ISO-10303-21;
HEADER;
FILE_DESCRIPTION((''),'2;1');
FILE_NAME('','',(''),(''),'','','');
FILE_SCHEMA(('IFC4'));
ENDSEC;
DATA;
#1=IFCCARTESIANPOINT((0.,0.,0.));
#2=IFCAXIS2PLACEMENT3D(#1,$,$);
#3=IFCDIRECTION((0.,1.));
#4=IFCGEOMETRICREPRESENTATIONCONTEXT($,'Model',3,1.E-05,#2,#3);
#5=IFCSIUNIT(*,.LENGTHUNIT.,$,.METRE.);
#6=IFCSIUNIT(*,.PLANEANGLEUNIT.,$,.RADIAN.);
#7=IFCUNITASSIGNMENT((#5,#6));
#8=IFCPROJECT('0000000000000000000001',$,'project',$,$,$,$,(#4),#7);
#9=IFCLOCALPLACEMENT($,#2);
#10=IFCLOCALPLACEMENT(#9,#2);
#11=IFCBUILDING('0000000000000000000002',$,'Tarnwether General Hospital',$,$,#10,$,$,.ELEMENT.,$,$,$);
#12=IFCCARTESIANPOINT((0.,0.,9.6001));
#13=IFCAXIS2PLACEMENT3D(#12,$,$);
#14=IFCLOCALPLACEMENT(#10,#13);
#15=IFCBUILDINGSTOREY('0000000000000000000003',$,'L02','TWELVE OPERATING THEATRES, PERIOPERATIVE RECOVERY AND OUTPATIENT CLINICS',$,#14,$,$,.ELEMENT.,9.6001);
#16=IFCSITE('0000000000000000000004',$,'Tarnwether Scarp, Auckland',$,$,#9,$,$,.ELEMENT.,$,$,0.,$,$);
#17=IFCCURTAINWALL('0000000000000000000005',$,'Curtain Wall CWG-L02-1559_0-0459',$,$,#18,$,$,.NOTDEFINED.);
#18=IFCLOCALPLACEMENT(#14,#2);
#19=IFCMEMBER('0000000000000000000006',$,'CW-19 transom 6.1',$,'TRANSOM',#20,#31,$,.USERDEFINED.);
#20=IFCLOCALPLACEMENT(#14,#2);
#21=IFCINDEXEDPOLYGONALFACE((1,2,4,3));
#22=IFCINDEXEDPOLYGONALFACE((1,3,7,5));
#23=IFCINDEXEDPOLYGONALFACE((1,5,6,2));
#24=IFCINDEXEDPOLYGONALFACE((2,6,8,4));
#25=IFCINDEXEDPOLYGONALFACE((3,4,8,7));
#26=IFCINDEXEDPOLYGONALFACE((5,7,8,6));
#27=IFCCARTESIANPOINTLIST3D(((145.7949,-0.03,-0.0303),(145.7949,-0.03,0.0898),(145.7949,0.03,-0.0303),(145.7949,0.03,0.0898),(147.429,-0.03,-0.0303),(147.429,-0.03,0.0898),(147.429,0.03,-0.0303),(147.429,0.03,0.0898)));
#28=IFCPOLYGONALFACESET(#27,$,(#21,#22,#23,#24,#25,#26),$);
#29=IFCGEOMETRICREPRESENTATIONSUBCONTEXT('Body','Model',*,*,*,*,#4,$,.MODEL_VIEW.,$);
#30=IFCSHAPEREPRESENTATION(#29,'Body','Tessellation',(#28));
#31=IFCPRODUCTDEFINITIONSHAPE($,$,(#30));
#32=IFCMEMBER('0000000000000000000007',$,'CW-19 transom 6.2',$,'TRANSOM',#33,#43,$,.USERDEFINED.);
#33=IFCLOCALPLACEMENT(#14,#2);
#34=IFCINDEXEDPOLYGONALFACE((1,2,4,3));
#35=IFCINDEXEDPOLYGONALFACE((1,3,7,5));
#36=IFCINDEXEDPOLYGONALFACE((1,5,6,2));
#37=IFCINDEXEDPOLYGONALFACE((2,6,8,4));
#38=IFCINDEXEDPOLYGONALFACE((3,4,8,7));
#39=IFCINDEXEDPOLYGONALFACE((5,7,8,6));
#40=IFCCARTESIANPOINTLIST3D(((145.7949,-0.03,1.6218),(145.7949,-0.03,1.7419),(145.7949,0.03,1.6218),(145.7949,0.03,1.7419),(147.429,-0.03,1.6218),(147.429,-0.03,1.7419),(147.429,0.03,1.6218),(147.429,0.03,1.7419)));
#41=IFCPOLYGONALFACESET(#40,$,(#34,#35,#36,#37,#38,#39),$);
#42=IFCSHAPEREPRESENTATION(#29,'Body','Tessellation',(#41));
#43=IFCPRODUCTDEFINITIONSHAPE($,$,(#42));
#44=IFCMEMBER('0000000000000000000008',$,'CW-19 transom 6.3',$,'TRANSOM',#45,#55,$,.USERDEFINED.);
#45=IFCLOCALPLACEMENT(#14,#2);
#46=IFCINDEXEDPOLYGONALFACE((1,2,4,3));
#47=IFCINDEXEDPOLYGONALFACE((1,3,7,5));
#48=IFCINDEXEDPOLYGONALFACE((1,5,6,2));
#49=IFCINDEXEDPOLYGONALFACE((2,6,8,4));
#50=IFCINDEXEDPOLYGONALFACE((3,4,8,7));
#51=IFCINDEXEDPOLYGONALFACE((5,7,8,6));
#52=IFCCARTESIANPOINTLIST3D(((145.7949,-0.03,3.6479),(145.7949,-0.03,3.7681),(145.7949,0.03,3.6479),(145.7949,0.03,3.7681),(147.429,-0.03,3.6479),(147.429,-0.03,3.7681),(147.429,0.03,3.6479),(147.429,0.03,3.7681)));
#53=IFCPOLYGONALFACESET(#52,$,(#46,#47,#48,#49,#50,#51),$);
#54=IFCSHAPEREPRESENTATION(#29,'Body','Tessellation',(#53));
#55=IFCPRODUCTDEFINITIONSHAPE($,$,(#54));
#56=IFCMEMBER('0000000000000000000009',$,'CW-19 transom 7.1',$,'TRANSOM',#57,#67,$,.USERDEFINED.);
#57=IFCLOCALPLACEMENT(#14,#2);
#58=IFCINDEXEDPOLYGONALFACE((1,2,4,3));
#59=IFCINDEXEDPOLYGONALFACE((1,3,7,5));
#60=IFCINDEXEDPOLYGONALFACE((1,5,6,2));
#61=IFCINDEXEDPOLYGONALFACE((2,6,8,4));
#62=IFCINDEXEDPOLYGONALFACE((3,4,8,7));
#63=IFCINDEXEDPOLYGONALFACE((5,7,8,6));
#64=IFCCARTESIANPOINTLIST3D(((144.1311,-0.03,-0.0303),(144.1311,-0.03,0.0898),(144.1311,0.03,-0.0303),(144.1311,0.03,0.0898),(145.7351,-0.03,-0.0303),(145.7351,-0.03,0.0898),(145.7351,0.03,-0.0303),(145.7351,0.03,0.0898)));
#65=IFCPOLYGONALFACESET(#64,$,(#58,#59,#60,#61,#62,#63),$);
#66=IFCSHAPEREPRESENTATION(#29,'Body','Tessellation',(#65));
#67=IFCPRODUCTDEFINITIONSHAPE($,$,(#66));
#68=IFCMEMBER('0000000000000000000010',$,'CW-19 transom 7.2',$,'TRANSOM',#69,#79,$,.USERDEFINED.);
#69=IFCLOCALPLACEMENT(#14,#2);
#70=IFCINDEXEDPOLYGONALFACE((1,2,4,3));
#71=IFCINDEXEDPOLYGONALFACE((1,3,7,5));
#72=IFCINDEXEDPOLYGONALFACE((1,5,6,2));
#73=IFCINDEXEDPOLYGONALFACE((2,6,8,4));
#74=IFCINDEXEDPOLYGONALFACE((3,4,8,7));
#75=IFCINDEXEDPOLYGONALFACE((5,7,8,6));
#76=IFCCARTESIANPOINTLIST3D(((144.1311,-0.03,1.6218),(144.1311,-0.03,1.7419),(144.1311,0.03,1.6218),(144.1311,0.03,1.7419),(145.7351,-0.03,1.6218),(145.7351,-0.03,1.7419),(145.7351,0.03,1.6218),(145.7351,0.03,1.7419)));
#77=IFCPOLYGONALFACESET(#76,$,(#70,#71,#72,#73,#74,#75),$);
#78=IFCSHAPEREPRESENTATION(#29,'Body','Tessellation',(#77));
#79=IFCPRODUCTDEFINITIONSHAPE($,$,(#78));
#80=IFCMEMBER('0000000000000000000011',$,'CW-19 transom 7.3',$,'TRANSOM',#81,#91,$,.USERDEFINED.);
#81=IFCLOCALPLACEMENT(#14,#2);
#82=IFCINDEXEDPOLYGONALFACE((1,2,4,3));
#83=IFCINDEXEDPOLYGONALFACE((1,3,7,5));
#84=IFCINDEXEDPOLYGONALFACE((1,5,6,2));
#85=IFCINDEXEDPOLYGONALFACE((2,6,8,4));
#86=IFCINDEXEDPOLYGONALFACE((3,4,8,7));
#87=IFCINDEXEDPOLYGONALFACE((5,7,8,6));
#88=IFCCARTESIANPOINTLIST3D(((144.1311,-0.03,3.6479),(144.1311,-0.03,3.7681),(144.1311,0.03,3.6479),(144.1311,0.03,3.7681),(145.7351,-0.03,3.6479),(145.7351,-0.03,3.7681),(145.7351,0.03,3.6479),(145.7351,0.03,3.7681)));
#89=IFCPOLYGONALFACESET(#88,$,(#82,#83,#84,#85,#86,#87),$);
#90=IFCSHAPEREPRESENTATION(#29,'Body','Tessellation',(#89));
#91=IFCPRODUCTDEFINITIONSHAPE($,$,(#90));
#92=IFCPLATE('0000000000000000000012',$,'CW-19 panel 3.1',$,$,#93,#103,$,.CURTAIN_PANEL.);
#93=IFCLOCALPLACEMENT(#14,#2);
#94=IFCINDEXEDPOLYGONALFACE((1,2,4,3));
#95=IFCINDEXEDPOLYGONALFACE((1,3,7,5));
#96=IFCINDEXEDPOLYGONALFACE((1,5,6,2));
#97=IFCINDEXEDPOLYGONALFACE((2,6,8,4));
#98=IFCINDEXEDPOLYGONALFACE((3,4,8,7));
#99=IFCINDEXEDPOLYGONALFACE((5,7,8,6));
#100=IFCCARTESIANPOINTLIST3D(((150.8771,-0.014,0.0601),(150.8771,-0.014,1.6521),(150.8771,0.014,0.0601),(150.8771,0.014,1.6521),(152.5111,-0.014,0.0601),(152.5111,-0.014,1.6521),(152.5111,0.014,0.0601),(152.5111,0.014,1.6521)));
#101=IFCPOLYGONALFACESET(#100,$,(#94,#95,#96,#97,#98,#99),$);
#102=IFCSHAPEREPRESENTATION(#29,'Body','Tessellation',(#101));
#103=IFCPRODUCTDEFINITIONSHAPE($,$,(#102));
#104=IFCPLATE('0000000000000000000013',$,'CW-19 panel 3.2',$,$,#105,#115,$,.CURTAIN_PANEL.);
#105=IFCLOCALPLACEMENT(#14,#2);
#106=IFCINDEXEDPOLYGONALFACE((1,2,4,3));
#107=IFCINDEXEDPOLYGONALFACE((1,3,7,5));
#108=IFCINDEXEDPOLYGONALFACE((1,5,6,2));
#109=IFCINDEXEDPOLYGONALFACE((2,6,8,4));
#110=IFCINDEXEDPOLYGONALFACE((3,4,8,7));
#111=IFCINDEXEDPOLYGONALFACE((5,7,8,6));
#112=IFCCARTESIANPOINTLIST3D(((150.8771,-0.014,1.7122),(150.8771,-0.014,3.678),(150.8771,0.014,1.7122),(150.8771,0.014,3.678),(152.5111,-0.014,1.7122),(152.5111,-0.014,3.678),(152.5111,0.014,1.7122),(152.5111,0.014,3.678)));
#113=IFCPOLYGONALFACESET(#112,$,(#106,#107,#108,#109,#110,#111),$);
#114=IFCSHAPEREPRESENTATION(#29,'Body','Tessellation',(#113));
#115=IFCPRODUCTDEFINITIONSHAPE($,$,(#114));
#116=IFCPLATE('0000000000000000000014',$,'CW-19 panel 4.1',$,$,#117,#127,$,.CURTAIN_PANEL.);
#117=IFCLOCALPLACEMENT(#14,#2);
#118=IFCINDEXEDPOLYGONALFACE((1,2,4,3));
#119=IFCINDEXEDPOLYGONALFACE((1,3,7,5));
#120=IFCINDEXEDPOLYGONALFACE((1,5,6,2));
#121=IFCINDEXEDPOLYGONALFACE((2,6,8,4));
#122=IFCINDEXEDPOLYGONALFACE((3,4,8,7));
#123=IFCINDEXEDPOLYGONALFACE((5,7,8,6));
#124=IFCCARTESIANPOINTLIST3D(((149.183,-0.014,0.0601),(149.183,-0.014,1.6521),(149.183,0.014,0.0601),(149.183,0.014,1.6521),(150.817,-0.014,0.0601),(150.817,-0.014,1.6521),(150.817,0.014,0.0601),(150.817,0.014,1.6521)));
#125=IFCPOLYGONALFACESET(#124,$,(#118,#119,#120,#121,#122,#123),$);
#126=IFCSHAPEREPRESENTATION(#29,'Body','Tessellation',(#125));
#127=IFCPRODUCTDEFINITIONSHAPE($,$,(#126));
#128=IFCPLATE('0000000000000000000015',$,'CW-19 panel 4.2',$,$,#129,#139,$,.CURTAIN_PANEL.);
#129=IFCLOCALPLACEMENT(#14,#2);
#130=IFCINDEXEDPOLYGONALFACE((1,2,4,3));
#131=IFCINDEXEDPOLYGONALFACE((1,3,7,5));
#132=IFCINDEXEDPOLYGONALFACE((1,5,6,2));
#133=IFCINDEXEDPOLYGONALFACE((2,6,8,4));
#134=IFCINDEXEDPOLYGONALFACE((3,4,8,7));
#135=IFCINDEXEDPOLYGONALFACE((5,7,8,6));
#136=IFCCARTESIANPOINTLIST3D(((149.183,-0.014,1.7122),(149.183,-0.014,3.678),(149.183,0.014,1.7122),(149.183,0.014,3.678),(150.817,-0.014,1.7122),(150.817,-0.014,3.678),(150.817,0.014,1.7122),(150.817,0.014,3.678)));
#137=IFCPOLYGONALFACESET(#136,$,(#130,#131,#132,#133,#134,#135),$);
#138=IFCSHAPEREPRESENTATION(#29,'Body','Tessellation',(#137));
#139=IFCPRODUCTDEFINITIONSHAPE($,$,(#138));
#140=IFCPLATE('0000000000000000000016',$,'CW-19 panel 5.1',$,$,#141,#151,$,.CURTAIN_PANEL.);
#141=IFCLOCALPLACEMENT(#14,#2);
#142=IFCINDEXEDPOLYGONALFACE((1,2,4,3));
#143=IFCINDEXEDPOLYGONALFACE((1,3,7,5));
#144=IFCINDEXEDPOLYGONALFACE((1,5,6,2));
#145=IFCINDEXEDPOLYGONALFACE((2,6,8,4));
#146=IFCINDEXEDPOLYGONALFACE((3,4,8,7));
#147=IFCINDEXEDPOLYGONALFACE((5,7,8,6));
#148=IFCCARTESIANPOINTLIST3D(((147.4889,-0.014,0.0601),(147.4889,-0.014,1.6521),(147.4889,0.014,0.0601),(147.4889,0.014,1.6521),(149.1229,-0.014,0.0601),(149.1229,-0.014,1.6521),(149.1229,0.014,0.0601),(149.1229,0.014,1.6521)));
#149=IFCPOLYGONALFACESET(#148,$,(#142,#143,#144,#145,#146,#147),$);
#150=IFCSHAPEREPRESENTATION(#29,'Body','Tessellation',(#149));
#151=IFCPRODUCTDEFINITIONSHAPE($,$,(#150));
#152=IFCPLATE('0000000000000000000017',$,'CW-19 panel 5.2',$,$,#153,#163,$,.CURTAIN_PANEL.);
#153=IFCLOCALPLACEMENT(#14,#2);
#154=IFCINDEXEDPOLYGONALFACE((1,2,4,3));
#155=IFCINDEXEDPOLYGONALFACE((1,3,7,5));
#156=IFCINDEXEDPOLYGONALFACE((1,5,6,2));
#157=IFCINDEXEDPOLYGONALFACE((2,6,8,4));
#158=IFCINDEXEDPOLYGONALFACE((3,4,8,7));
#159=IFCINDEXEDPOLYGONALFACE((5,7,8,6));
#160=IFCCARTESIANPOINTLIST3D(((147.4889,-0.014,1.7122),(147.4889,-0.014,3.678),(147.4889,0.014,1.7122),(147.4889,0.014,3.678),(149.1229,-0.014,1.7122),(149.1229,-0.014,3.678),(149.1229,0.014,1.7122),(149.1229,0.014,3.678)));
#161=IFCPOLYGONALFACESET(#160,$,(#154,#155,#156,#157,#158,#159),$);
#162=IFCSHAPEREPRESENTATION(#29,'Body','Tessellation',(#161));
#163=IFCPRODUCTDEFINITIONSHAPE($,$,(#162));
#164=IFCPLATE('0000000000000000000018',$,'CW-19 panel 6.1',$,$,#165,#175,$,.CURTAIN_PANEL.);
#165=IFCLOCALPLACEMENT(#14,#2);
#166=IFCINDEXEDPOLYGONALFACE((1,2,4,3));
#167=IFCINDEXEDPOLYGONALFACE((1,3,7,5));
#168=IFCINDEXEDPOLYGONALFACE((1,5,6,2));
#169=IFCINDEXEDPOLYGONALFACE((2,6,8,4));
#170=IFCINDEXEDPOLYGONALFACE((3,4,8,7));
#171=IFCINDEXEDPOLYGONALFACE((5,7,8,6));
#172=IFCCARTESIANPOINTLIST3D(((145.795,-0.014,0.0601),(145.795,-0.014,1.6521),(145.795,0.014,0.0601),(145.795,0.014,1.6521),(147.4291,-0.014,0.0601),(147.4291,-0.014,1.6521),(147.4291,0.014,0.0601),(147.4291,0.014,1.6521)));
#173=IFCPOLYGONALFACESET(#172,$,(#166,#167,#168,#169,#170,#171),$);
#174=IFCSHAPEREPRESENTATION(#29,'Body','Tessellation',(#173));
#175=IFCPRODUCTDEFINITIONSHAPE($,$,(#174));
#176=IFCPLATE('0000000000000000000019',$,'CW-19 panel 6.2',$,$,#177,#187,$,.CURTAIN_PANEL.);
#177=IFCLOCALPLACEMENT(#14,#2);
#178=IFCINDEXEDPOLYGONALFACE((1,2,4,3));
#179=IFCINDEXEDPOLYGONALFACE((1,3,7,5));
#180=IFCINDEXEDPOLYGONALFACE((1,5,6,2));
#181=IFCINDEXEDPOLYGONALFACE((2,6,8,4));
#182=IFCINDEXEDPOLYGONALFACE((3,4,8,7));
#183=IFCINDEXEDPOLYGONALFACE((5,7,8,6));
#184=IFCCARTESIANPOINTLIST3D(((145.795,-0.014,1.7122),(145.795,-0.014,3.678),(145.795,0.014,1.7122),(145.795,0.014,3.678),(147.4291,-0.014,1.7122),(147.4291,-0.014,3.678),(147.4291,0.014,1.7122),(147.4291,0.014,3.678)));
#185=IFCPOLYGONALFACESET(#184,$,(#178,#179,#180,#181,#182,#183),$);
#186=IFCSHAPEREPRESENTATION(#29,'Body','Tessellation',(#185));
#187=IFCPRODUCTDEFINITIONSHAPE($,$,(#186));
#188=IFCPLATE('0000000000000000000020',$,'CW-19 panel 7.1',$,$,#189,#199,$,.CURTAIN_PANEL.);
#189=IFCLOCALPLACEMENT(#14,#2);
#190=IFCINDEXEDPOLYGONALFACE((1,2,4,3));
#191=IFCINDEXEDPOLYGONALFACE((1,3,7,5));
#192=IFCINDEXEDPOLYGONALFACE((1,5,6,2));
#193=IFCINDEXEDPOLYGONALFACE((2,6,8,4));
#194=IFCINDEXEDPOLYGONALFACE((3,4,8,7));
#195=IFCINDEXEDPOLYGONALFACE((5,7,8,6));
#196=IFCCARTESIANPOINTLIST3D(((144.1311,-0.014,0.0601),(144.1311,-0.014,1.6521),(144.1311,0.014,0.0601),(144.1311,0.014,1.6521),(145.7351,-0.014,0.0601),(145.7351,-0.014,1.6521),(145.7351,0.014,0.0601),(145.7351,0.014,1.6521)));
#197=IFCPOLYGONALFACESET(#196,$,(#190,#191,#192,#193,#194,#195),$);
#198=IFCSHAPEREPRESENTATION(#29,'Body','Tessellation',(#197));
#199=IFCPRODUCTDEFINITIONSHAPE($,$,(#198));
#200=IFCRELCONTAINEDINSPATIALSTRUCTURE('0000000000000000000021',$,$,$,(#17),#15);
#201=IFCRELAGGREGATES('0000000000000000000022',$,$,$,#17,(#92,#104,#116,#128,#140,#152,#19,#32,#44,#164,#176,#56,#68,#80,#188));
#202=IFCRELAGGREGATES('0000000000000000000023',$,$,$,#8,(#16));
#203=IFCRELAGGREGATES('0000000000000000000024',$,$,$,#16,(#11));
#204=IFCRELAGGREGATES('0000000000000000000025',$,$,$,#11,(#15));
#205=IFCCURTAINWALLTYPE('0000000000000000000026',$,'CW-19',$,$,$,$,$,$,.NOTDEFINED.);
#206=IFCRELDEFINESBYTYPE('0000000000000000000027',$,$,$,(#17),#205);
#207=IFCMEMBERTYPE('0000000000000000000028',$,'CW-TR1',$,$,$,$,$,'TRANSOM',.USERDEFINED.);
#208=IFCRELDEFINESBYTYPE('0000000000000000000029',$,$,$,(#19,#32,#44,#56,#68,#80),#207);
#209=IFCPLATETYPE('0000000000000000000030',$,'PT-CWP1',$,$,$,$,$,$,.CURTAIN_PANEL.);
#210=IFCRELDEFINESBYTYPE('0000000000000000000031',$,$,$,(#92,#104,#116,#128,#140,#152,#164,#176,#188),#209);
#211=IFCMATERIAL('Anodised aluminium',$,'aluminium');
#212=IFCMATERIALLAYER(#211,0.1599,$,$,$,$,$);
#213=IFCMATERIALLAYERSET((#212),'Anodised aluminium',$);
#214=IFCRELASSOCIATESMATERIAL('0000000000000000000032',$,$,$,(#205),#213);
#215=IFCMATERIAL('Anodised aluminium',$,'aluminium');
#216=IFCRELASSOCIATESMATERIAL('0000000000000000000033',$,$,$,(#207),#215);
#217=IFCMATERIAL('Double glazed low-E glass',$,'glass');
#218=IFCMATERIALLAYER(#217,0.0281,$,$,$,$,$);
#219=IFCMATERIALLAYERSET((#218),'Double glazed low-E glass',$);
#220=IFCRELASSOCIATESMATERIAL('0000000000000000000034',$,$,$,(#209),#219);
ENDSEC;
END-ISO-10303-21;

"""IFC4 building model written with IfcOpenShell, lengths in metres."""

from ifc_helpers import new_model, si_unit, direction, frame, origin, origin_2d, place, context, subcontext, project, spatial, rectangle, extrude, material, layer, layer_set, material_profile, profile_set, type_object, element, aggregate, save


model = new_model("IFC4")

# Units and contexts
model_context = context("Model", 3, precision=1e-05, world=origin(), true_north=direction((0.0, 1.0)))
body_context = subcontext(model_context, "Body", "Model", "MODEL_VIEW")
ifc_project = project(units=[si_unit("LENGTHUNIT", "METRE"), si_unit("PLANEANGLEUNIT", "RADIAN")], contexts=[model_context])

# Site, building, storey
site_placement = place(None, origin())
site = spatial("IfcSite", under=ifc_project, at=site_placement, Name="Tarnwether Scarp, Auckland", CompositionType="ELEMENT", RefElevation=0.0)
building_placement = place(site_placement, origin())
building = spatial("IfcBuilding", under=site, at=building_placement, Name="Tarnwether General Hospital", CompositionType="ELEMENT")
storey_placement = place(building_placement, frame((0.0, 0.0, 9.6001)))
storey = spatial("IfcBuildingStorey", under=building, at=storey_placement, Name="L02", Description="TWELVE OPERATING THEATRES, PERIOPERATIVE RECOVERY AND OUTPATIENT CLINICS", CompositionType="ELEMENT", Elevation=9.6001)

# Curtain wall, members, plates
ifc_material_1 = material(Name="Anodised aluminium", Category="aluminium")
ifc_layer_1 = layer(ifc_material_1, 0.1599)
ifc_layer_set_1 = layer_set([ifc_layer_1], Name="Anodised aluminium")
curtain_wall_type = type_object("IfcCurtainWallType", Name="CW-19", PredefinedType="NOTDEFINED", material=ifc_layer_set_1)
curtain_wall_placement = place(storey_placement, origin())
curtain_wall = element("IfcCurtainWall", 1, at=curtain_wall_placement, inside=storey, type_object=curtain_wall_type, Name="Curtain Wall CWG-L02-1559_0-0459", PredefinedType="NOTDEFINED")
ifc_material_2 = material(Name="Anodised aluminium", Category="aluminium")
ifc_material_profile_1 = material_profile(ifc_material_2, rectangle(XDim=0.0601, YDim=0.1201, at=origin_2d()), Name="ALU-TRN-60x120")
ifc_profile_set_1 = profile_set([ifc_material_profile_1], Name="Anodised aluminium")
member_type_1 = type_object("IfcMemberType", Name="CW-TR1", ElementType="TRANSOM", PredefinedType="USERDEFINED", material=ifc_profile_set_1)
member_1_placement = place(storey_placement, frame((147.429, 0.0, 0.0298), z_axis=(-1.0, 0.0, 0.0), x_axis=(0.0, -1.0, 0.0)))
member_1 = element("IfcMember", 2, at=member_1_placement, type_object=member_type_1, Name="CW-19 transom 6.1", ObjectType="TRANSOM", PredefinedType="USERDEFINED", context=body_context, shape_type="SweptSolid", body=[
    extrude(rectangle(XDim=0.0601, YDim=0.1201, at=origin_2d()), origin(), (0.0, 0.0, 1.0), 1.634),
])
member_2_placement = place(storey_placement, frame((147.429, 0.0, 1.6819), z_axis=(-1.0, 0.0, 0.0), x_axis=(0.0, -1.0, 0.0)))
member_2 = element("IfcMember", 3, at=member_2_placement, type_object=member_type_1, Name="CW-19 transom 6.2", ObjectType="TRANSOM", PredefinedType="USERDEFINED", context=body_context, shape_type="SweptSolid", body=[
    extrude(rectangle(XDim=0.0601, YDim=0.1201, at=origin_2d()), origin(), (0.0, 0.0, 1.0), 1.634),
])
member_3_placement = place(storey_placement, frame((147.429, 0.0, 3.708), z_axis=(-1.0, 0.0, 0.0), x_axis=(0.0, -1.0, 0.0)))
member_3 = element("IfcMember", 4, at=member_3_placement, type_object=member_type_1, Name="CW-19 transom 6.3", ObjectType="TRANSOM", PredefinedType="USERDEFINED", context=body_context, shape_type="SweptSolid", body=[
    extrude(rectangle(XDim=0.0601, YDim=0.1201, at=origin_2d()), origin(), (0.0, 0.0, 1.0), 1.634),
])
member_4_placement = place(storey_placement, frame((145.7351, 0.0, 0.0298), z_axis=(-1.0, 0.0, 0.0), x_axis=(0.0, -1.0, 0.0)))
member_4 = element("IfcMember", 5, at=member_4_placement, type_object=member_type_1, Name="CW-19 transom 7.1", ObjectType="TRANSOM", PredefinedType="USERDEFINED", context=body_context, shape_type="SweptSolid", body=[
    extrude(rectangle(XDim=0.0601, YDim=0.1201, at=origin_2d()), origin(), (0.0, 0.0, 1.0), 1.604),
])
member_5_placement = place(storey_placement, frame((145.7351, 0.0, 1.6819), z_axis=(-1.0, 0.0, 0.0), x_axis=(0.0, -1.0, 0.0)))
member_5 = element("IfcMember", 6, at=member_5_placement, type_object=member_type_1, Name="CW-19 transom 7.2", ObjectType="TRANSOM", PredefinedType="USERDEFINED", context=body_context, shape_type="SweptSolid", body=[
    extrude(rectangle(XDim=0.0601, YDim=0.1201, at=origin_2d()), origin(), (0.0, 0.0, 1.0), 1.604),
])
member_6_placement = place(storey_placement, frame((145.7351, 0.0, 3.708), z_axis=(-1.0, 0.0, 0.0), x_axis=(0.0, -1.0, 0.0)))
member_6 = element("IfcMember", 7, at=member_6_placement, type_object=member_type_1, Name="CW-19 transom 7.3", ObjectType="TRANSOM", PredefinedType="USERDEFINED", context=body_context, shape_type="SweptSolid", body=[
    extrude(rectangle(XDim=0.0601, YDim=0.1201, at=origin_2d()), origin(), (0.0, 0.0, 1.0), 1.604),
])
ifc_material_3 = material(Name="Double glazed low-E glass", Category="glass")
ifc_layer_2 = layer(ifc_material_3, 0.0281)
ifc_layer_set_2 = layer_set([ifc_layer_2], Name="Double glazed low-E glass")
plate_type_1 = type_object("IfcPlateType", Name="PT-CWP1", PredefinedType="CURTAIN_PANEL", material=ifc_layer_set_2)
plate_1_placement = place(storey_placement, frame((151.6941, 0.0, 0.0601), z_axis=(0.0, 0.0, 1.0), x_axis=(-1.0, 0.0, 0.0)))
plate_1 = element("IfcPlate", 8, at=plate_1_placement, type_object=plate_type_1, Name="CW-19 panel 3.1", PredefinedType="CURTAIN_PANEL", context=body_context, shape_type="SweptSolid", body=[
    extrude(rectangle(XDim=1.634, YDim=0.0281, at=origin_2d()), origin(), (0.0, 0.0, 1.0), 1.592),
])
plate_2_placement = place(storey_placement, frame((151.6941, 0.0, 1.7122), z_axis=(0.0, 0.0, 1.0), x_axis=(-1.0, 0.0, 0.0)))
plate_2 = element("IfcPlate", 9, at=plate_2_placement, type_object=plate_type_1, Name="CW-19 panel 3.2", PredefinedType="CURTAIN_PANEL", context=body_context, shape_type="SweptSolid", body=[
    extrude(rectangle(XDim=1.634, YDim=0.0281, at=origin_2d()), origin(), (0.0, 0.0, 1.0), 1.9658),
])
plate_3_placement = place(storey_placement, frame((150.0, 0.0, 0.0601), z_axis=(0.0, 0.0, 1.0), x_axis=(-1.0, 0.0, 0.0)))
plate_3 = element("IfcPlate", 10, at=plate_3_placement, type_object=plate_type_1, Name="CW-19 panel 4.1", PredefinedType="CURTAIN_PANEL", context=body_context, shape_type="SweptSolid", body=[
    extrude(rectangle(XDim=1.634, YDim=0.0281, at=origin_2d()), origin(), (0.0, 0.0, 1.0), 1.592),
])
plate_4_placement = place(storey_placement, frame((150.0, 0.0, 1.7122), z_axis=(0.0, 0.0, 1.0), x_axis=(-1.0, 0.0, 0.0)))
plate_4 = element("IfcPlate", 11, at=plate_4_placement, type_object=plate_type_1, Name="CW-19 panel 4.2", PredefinedType="CURTAIN_PANEL", context=body_context, shape_type="SweptSolid", body=[
    extrude(rectangle(XDim=1.634, YDim=0.0281, at=origin_2d()), origin(), (0.0, 0.0, 1.0), 1.9658),
])
plate_5_placement = place(storey_placement, frame((148.3059, 0.0, 0.0601), z_axis=(0.0, 0.0, 1.0), x_axis=(-1.0, 0.0, 0.0)))
plate_5 = element("IfcPlate", 12, at=plate_5_placement, type_object=plate_type_1, Name="CW-19 panel 5.1", PredefinedType="CURTAIN_PANEL", context=body_context, shape_type="SweptSolid", body=[
    extrude(rectangle(XDim=1.634, YDim=0.0281, at=origin_2d()), origin(), (0.0, 0.0, 1.0), 1.592),
])
plate_6_placement = place(storey_placement, frame((148.3059, 0.0, 1.7122), z_axis=(0.0, 0.0, 1.0), x_axis=(-1.0, 0.0, 0.0)))
plate_6 = element("IfcPlate", 13, at=plate_6_placement, type_object=plate_type_1, Name="CW-19 panel 5.2", PredefinedType="CURTAIN_PANEL", context=body_context, shape_type="SweptSolid", body=[
    extrude(rectangle(XDim=1.634, YDim=0.0281, at=origin_2d()), origin(), (0.0, 0.0, 1.0), 1.9658),
])
plate_7_placement = place(storey_placement, frame((146.6121, 0.0, 0.0601), z_axis=(0.0, 0.0, 1.0), x_axis=(-1.0, 0.0, 0.0)))
plate_7 = element("IfcPlate", 14, at=plate_7_placement, type_object=plate_type_1, Name="CW-19 panel 6.1", PredefinedType="CURTAIN_PANEL", context=body_context, shape_type="SweptSolid", body=[
    extrude(rectangle(XDim=1.634, YDim=0.0281, at=origin_2d()), origin(), (0.0, 0.0, 1.0), 1.592),
])
plate_8_placement = place(storey_placement, frame((146.6121, 0.0, 1.7122), z_axis=(0.0, 0.0, 1.0), x_axis=(-1.0, 0.0, 0.0)))
plate_8 = element("IfcPlate", 15, at=plate_8_placement, type_object=plate_type_1, Name="CW-19 panel 6.2", PredefinedType="CURTAIN_PANEL", context=body_context, shape_type="SweptSolid", body=[
    extrude(rectangle(XDim=1.634, YDim=0.0281, at=origin_2d()), origin(), (0.0, 0.0, 1.0), 1.9658),
])
plate_9_placement = place(storey_placement, frame((144.9331, 0.0, 0.0601), z_axis=(0.0, 0.0, 1.0), x_axis=(-1.0, 0.0, 0.0)))
plate_9 = element("IfcPlate", 16, at=plate_9_placement, type_object=plate_type_1, Name="CW-19 panel 7.1", PredefinedType="CURTAIN_PANEL", context=body_context, shape_type="SweptSolid", body=[
    extrude(rectangle(XDim=1.604, YDim=0.0281, at=origin_2d()), origin(), (0.0, 0.0, 1.0), 1.592),
])
aggregate(curtain_wall, [plate_1, plate_2, plate_3, plate_4, plate_5, plate_6, member_1, member_2, member_3, plate_7, plate_8, member_4, member_5, member_6, plate_9])

save(model, "model.ifc")
